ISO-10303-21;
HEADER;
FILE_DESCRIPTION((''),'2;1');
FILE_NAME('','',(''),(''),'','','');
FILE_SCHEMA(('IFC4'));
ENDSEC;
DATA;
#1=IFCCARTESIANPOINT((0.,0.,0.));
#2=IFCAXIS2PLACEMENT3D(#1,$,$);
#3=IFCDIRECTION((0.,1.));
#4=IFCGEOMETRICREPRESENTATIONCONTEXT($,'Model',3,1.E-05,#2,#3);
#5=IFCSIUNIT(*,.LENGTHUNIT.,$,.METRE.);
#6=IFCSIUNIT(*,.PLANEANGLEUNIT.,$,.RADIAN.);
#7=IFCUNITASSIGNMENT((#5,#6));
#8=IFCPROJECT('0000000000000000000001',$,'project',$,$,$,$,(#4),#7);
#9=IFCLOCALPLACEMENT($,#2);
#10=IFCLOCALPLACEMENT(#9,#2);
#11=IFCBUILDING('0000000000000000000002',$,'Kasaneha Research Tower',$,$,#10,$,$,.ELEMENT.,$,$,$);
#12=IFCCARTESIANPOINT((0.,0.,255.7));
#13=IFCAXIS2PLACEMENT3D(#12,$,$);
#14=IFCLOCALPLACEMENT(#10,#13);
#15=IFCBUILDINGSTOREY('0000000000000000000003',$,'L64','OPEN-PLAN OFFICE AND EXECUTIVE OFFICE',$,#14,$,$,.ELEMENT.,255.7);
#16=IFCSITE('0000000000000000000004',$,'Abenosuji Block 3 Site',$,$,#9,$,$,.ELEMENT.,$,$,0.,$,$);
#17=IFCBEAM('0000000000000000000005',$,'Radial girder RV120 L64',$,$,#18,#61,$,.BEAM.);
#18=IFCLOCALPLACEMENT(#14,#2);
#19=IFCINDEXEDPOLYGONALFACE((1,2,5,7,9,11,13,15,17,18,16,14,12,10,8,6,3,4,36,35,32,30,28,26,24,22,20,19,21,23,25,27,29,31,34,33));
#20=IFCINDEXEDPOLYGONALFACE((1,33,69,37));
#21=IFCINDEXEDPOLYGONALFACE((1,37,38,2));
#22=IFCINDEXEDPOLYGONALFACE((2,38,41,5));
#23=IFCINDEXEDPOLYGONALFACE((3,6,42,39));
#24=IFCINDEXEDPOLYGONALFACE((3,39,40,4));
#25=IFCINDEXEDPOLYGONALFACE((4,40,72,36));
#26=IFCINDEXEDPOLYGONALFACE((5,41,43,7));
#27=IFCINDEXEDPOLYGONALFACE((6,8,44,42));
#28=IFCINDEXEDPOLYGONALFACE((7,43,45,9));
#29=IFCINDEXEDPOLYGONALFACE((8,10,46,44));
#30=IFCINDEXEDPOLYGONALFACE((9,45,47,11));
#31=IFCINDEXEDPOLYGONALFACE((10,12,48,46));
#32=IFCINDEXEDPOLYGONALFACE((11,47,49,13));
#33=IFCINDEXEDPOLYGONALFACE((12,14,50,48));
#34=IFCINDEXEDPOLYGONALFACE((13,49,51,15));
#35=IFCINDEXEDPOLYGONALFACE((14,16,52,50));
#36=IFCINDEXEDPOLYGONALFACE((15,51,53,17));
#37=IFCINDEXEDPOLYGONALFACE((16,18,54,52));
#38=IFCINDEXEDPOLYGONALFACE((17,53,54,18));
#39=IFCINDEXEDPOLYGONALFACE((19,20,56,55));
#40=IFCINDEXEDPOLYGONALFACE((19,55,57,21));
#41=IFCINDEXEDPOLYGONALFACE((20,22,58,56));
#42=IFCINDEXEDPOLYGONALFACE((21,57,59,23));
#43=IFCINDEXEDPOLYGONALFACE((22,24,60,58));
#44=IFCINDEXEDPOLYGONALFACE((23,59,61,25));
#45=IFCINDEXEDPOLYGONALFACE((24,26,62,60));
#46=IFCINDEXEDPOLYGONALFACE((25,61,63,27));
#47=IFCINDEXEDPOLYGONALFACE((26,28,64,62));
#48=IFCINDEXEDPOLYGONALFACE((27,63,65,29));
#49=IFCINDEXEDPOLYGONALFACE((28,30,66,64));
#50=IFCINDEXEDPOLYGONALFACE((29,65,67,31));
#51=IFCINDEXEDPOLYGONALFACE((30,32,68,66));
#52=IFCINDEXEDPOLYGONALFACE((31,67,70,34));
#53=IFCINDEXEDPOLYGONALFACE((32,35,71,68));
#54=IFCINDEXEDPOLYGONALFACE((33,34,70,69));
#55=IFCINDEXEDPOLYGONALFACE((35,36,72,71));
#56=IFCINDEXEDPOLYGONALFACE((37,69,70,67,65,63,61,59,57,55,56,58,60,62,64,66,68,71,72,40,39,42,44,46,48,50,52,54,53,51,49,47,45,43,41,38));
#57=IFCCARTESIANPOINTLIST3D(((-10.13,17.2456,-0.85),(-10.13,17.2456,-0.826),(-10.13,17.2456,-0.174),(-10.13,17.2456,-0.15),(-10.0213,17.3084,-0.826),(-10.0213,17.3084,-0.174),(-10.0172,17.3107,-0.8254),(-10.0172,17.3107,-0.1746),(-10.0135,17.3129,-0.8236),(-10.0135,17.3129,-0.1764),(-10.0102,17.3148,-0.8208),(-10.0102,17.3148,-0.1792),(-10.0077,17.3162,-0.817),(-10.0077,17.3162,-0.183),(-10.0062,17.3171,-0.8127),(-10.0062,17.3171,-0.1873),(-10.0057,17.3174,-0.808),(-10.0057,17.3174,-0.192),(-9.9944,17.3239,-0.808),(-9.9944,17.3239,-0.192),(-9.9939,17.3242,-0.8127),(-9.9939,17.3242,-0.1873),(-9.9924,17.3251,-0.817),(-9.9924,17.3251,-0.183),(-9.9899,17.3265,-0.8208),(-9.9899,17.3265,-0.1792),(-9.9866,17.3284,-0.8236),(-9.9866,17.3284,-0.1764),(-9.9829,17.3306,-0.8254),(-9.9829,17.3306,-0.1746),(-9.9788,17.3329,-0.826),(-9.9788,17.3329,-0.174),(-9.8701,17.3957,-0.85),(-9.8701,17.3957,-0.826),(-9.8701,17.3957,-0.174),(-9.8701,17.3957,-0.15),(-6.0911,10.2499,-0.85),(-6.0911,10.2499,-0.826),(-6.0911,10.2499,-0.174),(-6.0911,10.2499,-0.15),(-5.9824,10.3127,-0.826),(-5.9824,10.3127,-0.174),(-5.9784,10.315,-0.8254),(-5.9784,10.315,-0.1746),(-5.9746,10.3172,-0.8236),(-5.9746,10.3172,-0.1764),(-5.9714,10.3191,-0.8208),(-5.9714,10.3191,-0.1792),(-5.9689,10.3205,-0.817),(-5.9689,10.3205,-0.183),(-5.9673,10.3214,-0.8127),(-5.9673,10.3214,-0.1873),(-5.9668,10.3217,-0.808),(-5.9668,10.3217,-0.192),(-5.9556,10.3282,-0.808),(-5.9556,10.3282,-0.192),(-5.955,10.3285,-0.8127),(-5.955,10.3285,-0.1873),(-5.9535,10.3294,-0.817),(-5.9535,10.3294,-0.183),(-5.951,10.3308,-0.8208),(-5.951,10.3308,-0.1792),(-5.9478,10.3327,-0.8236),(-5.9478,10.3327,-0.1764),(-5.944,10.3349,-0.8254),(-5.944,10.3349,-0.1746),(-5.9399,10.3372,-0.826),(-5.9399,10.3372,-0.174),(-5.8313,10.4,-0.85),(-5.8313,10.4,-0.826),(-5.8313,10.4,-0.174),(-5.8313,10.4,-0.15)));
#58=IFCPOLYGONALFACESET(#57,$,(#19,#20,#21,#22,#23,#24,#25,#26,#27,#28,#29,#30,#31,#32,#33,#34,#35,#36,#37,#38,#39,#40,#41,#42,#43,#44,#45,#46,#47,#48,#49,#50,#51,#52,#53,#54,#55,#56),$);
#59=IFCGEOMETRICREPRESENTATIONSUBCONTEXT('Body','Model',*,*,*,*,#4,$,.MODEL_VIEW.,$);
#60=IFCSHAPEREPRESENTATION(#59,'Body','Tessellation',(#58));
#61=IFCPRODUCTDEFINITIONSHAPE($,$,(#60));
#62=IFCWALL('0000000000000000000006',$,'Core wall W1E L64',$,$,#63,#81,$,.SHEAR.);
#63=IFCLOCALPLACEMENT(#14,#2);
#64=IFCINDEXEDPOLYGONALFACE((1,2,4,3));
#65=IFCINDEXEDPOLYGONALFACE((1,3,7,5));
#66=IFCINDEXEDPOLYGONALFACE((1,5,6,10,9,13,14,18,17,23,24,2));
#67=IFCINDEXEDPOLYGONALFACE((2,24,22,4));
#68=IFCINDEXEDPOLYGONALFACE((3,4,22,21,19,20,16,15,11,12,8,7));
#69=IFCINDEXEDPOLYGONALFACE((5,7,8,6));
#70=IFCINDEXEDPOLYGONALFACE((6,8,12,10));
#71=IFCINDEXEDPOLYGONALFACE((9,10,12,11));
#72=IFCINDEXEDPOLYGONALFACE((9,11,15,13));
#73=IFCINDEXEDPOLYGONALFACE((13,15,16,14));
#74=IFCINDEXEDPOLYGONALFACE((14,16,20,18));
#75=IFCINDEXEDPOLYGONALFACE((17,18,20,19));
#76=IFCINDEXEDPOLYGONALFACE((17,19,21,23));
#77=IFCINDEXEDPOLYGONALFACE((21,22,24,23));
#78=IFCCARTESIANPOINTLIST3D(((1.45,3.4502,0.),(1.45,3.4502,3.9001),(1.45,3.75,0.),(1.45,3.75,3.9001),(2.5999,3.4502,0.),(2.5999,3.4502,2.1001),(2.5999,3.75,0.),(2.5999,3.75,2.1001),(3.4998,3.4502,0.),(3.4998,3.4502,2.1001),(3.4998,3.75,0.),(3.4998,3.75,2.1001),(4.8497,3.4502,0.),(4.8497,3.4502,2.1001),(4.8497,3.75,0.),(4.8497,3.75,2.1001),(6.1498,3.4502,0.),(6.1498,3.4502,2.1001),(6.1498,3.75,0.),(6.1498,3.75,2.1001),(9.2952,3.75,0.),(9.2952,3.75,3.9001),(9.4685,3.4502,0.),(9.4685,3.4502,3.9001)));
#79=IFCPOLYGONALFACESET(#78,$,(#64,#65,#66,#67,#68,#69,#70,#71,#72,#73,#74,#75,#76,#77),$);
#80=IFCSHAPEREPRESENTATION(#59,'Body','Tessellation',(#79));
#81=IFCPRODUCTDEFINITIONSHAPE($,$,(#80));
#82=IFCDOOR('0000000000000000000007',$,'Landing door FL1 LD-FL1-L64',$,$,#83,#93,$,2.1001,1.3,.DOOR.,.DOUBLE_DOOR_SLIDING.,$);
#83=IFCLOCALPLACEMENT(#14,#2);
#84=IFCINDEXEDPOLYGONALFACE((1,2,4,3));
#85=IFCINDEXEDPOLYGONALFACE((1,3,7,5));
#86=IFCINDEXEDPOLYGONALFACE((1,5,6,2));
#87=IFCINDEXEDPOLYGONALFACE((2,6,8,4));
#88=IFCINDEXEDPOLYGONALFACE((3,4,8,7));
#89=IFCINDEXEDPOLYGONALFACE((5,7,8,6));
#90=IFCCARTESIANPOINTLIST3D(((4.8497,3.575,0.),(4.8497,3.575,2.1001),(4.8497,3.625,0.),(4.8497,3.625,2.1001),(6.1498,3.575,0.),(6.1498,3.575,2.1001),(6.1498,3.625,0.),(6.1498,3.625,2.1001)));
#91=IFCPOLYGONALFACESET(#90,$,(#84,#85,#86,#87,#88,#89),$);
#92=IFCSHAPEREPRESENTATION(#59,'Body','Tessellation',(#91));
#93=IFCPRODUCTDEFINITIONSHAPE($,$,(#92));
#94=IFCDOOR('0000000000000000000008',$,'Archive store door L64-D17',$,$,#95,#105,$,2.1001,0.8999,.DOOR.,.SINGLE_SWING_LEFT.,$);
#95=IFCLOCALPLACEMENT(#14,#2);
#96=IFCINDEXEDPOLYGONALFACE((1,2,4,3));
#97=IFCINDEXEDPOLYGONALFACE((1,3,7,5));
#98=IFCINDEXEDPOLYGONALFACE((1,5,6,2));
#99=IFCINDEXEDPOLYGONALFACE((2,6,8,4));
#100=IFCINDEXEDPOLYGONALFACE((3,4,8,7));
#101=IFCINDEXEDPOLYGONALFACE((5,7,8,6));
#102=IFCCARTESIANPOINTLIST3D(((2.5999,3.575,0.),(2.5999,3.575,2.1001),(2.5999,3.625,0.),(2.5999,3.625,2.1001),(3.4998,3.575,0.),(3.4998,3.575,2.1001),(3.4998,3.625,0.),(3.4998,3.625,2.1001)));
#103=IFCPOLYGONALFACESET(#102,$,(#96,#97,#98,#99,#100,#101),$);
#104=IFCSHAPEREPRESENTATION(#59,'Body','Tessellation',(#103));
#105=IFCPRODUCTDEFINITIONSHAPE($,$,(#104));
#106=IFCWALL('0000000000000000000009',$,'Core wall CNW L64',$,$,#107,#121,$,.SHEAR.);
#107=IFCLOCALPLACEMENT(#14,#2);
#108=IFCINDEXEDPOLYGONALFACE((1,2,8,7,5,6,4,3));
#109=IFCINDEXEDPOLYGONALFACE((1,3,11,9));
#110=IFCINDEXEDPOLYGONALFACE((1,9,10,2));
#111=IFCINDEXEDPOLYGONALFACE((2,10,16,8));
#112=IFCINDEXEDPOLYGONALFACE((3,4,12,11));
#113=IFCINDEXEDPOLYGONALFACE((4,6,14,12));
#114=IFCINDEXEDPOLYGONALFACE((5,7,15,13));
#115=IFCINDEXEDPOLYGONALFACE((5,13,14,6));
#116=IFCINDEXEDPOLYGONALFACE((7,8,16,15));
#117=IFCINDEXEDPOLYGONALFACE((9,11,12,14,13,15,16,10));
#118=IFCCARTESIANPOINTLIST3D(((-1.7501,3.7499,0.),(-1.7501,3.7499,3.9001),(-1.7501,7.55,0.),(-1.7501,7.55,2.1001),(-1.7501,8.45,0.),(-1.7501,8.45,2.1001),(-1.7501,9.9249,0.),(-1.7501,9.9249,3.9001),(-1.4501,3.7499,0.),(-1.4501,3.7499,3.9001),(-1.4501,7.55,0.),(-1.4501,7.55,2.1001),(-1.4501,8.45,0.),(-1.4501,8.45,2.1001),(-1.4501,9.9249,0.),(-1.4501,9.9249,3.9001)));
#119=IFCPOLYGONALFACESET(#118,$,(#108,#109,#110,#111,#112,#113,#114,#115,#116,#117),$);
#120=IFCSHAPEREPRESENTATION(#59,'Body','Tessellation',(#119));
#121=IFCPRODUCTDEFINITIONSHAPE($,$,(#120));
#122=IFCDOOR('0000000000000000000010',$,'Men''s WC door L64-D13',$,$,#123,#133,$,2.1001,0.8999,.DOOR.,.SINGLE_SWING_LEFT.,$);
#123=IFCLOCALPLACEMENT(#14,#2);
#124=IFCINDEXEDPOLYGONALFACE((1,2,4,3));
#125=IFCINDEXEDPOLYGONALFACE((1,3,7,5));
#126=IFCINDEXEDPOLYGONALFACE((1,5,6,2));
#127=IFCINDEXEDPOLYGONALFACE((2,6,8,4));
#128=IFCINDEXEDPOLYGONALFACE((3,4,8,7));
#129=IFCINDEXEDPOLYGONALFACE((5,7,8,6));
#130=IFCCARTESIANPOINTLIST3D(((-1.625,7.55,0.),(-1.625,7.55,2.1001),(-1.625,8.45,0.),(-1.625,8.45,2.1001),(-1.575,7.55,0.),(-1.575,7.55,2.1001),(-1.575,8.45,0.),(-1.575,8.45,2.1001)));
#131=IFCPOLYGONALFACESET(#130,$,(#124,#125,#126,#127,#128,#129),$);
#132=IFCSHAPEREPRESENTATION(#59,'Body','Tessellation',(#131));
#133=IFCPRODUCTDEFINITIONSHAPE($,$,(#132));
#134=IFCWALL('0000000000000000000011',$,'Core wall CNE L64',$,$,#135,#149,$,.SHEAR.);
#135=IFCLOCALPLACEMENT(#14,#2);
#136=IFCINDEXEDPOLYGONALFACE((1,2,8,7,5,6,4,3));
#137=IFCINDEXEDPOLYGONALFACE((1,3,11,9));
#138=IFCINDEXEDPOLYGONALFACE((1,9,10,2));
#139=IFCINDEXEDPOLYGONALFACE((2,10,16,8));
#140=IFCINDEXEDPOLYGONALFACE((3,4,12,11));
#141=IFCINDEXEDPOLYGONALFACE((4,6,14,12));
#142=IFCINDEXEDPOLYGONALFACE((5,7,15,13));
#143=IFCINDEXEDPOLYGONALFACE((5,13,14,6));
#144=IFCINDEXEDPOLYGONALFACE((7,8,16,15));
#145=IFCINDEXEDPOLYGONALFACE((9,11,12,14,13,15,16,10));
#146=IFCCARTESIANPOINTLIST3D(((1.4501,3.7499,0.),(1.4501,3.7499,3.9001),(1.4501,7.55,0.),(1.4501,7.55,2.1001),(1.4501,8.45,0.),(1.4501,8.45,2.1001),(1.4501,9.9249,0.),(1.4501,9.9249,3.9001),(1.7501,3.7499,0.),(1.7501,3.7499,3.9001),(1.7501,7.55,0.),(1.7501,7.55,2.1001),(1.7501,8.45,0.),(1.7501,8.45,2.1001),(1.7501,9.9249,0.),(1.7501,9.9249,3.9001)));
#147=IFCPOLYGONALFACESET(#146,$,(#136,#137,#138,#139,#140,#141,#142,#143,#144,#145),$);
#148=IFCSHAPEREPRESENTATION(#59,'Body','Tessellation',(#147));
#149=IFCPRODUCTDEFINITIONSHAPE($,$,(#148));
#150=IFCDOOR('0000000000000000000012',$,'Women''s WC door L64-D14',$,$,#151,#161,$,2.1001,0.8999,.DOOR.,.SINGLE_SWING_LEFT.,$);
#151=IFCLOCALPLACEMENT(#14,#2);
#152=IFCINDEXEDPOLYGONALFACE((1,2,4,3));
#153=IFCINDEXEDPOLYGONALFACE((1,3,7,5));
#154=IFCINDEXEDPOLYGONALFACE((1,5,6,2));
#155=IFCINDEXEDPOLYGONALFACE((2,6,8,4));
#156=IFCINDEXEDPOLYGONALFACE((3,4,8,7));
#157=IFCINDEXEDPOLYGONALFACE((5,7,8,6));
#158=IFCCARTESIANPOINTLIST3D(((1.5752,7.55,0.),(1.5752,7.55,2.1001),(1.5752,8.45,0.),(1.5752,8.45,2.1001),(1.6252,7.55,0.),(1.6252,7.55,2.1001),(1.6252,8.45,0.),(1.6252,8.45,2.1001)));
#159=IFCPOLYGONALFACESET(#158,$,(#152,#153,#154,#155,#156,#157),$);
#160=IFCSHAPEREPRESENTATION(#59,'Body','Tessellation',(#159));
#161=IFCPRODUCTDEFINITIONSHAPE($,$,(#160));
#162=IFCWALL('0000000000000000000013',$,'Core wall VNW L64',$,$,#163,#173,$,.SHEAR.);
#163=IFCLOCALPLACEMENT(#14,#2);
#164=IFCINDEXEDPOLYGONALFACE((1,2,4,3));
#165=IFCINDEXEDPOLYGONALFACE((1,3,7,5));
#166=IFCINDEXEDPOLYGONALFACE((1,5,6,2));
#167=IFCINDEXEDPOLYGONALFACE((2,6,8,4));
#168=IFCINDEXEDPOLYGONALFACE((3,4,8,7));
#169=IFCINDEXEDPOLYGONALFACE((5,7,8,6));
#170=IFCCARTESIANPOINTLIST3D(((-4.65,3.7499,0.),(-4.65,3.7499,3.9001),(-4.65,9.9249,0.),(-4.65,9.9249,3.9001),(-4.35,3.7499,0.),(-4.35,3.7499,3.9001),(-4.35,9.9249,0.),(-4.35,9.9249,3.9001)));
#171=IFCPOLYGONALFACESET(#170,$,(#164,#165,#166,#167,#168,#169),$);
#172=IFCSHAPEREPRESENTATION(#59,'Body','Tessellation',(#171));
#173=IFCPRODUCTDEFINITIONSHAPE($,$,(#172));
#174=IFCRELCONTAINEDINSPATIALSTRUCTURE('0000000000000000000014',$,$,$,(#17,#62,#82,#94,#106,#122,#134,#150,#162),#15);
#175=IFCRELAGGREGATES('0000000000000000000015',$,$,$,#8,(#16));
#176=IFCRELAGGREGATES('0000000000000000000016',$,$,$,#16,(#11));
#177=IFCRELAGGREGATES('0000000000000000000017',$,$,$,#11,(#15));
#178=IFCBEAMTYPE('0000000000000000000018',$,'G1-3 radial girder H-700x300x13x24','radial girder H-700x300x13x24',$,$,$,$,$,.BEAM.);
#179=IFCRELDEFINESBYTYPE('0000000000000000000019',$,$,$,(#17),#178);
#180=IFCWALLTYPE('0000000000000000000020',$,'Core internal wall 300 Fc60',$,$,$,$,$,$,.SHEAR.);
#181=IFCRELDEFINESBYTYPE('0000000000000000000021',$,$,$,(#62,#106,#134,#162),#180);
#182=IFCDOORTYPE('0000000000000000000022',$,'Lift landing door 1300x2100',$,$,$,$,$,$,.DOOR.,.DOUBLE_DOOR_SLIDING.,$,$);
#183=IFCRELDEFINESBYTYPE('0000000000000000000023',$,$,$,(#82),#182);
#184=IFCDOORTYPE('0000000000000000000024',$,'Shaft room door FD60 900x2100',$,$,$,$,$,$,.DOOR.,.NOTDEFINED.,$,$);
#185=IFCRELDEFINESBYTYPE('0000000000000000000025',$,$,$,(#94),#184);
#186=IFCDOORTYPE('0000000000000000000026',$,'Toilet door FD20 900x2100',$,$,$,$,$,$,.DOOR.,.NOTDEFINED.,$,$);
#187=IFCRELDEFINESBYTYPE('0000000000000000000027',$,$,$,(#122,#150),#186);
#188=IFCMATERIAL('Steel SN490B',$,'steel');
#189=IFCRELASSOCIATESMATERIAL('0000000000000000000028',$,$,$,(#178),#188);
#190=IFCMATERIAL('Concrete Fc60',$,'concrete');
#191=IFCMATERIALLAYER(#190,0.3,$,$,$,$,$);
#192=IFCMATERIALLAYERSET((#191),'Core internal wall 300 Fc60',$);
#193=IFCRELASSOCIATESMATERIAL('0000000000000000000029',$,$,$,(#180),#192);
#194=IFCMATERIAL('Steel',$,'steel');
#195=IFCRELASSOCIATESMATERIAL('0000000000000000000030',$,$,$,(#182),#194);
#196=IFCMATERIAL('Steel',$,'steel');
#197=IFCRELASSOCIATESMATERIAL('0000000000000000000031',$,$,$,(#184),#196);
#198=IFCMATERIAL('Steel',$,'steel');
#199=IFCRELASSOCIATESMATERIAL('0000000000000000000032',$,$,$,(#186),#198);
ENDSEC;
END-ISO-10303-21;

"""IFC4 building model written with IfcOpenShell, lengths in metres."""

from ifc_helpers import new_model, si_unit, direction, frame, frame_2d, origin, origin_2d, place, context, subcontext, project, spatial, polyline, rectangle, i_section, outline, extrude, material, layer, layer_set, material_profile, profile_set, type_object, element, fill, save


model = new_model("IFC4")

# Units and contexts
model_context = context("Model", 3, precision=1e-05, world=origin(), true_north=direction((0.0, 1.0)))
body_context = subcontext(model_context, "Body", "Model", "MODEL_VIEW")
ifc_project = project(units=[si_unit("LENGTHUNIT", "METRE"), si_unit("PLANEANGLEUNIT", "RADIAN")], contexts=[model_context])

# Site, building, storey
site_placement = place(None, origin())
site = spatial("IfcSite", under=ifc_project, at=site_placement, Name="Abenosuji Block 3 Site", CompositionType="ELEMENT", RefElevation=0.0)
building_placement = place(site_placement, origin())
building = spatial("IfcBuilding", under=site, at=building_placement, Name="Kasaneha Research Tower", CompositionType="ELEMENT")
storey_placement = place(building_placement, frame((0.0, 0.0, 255.7)))
storey = spatial("IfcBuildingStorey", under=building, at=storey_placement, Name="L64", Description="OPEN-PLAN OFFICE AND EXECUTIVE OFFICE", CompositionType="ELEMENT", Elevation=255.7)

# Beam
ifc_material_1 = material(Name="Steel SN490B", Category="steel")
ifc_material_profile = material_profile(ifc_material_1, i_section(OverallWidth=0.3, OverallDepth=0.7, WebThickness=0.0129, FlangeThickness=0.0239, FilletRadius=0.0181, at=origin_2d()), Name="H-700x300x13x24")
ifc_profile_set = profile_set([ifc_material_profile], Name="Steel SN490B")
beam_type = type_object("IfcBeamType", Name="G1-3 radial girder H-700x300x13x24", Description="radial girder H-700x300x13x24", PredefinedType="BEAM", material=ifc_profile_set)
beam_placement = place(storey_placement, frame((-5.9612, 10.325, -0.5), z_axis=(-0.499991, 0.866031, 0.0), x_axis=(-0.866031, -0.499991, 0.0)))
element("IfcBeam", 1, at=beam_placement, inside=storey, type_object=beam_type, Name="Radial girder RV120 L64", PredefinedType="BEAM", context=body_context, shape_type="SweptSolid", body=[
    extrude(i_section(OverallWidth=0.3, OverallDepth=0.7, WebThickness=0.0129, FlangeThickness=0.0239, FilletRadius=0.0181, at=origin_2d()), origin(), (0.0, 0.0, 1.0), 8.0779),
])

# Wall, openings, doors
ifc_material_2 = material(Name="Concrete Fc60", Category="concrete")
ifc_layer_1 = layer(ifc_material_2, 0.3)
ifc_layer_set_1 = layer_set([ifc_layer_1], Name="Core internal wall 300 Fc60")
wall_type_1 = type_object("IfcWallType", Name="Core internal wall 300 Fc60", PredefinedType="SHEAR", material=ifc_layer_set_1)
wall_1_placement = place(storey_placement, frame((1.45, 3.6001, 0.0), z_axis=(0.0, 0.0, 1.0), x_axis=(1.0, 0.0, 0.0)))
wall_1 = element("IfcWall", 2, at=wall_1_placement, inside=storey, type_object=wall_type_1, Name="Core wall W1E L64", PredefinedType="SHEAR", context=body_context, shape_type="SweptSolid", body=[
    extrude(outline(polyline([(0.0, -0.1499), (1.1499, -0.1499), (2.0498, -0.1499), (3.3999, -0.1499), (4.7, -0.1499), (8.0186, -0.1499), (7.8452, 0.1499), (4.7, 0.1499), (3.3999, 0.1499), (2.0498, 0.1499), (1.1499, 0.1499), (0.0, 0.1499), (0.0, -0.1499)])), origin(), (0.0, 0.0, 1.0), 3.9001),
])
opening_1_placement = place(wall_1_placement, frame((1.1499, 0.0, 0.0)))
opening_1 = element("IfcOpeningElement", 3, at=opening_1_placement, cuts=wall_1, PredefinedType="OPENING", context=body_context, shape_type="SweptSolid", body=[
    extrude(rectangle(XDim=0.8999, YDim=2.1001, at=frame_2d((0.45, 1.05))), frame((0.0, 0.1602, 0.0), z_axis=(0.0, -1.0, 0.0), x_axis=(1.0, 0.0, 0.0)), (0.0, 0.0, 1.0), 0.3201),
])
opening_2_placement = place(wall_1_placement, frame((3.3999, 0.0, 0.0)))
opening_2 = element("IfcOpeningElement", 4, at=opening_2_placement, cuts=wall_1, PredefinedType="OPENING", context=body_context, shape_type="SweptSolid", body=[
    extrude(rectangle(XDim=1.3, YDim=2.1001, at=frame_2d((0.6499, 1.05))), frame((0.0, 0.1602, 0.0), z_axis=(0.0, -1.0, 0.0), x_axis=(1.0, 0.0, 0.0)), (0.0, 0.0, 1.0), 0.3201),
])
ifc_material_3 = material(Name="Steel", Category="steel")
door_type_1 = type_object("IfcDoorType", Name="Lift landing door 1300x2100", OperationType="DOUBLE_DOOR_SLIDING", PredefinedType="DOOR", material=ifc_material_3)
door_1_placement = place(opening_2_placement, origin())
door_1 = element("IfcDoor", 5, at=door_1_placement, inside=storey, type_object=door_type_1, Name="Landing door FL1 LD-FL1-L64", OperationType="DOUBLE_DOOR_SLIDING", OverallHeight=2.1001, OverallWidth=1.3, PredefinedType="DOOR", context=body_context, shape_type="SweptSolid", body=[
    extrude(rectangle(XDim=1.3, YDim=2.1001, at=frame_2d((0.6499, 1.05))), frame((0.0, 0.0249, 0.0), z_axis=(0.0, -1.0, 0.0), x_axis=(1.0, 0.0, 0.0)), (0.0, 0.0, 1.0), 0.05),
])
fill(opening_2, door_1)
ifc_material_4 = material(Name="Steel", Category="steel")
door_type_2 = type_object("IfcDoorType", Name="Shaft room door FD60 900x2100", OperationType="NOTDEFINED", PredefinedType="DOOR", material=ifc_material_4)
door_2_placement = place(opening_1_placement, origin())
door_2 = element("IfcDoor", 6, at=door_2_placement, inside=storey, type_object=door_type_2, Name="Archive store door L64-D17", OperationType="SINGLE_SWING_LEFT", OverallHeight=2.1001, OverallWidth=0.8999, PredefinedType="DOOR", context=body_context, shape_type="SweptSolid", body=[
    extrude(rectangle(XDim=0.8999, YDim=2.1001, at=frame_2d((0.45, 1.05))), frame((0.0, 0.0249, 0.0), z_axis=(0.0, -1.0, 0.0), x_axis=(1.0, 0.0, 0.0)), (0.0, 0.0, 1.0), 0.05),
])
fill(opening_1, door_2)

# Walls, openings, doors
wall_2_placement = place(storey_placement, frame((-1.6001, 3.75, 0.0), z_axis=(0.0, 0.0, 1.0), x_axis=(0.0, 1.0, 0.0)))
wall_2 = element("IfcWall", 7, at=wall_2_placement, inside=storey, type_object=wall_type_1, Name="Core wall CNW L64", PredefinedType="SHEAR", context=body_context, shape_type="SweptSolid", body=[
    extrude(rectangle(XDim=6.175, YDim=0.3, at=frame_2d((3.0874, 0.0))), origin(), (0.0, 0.0, 1.0), 3.9001),
])
opening_3_placement = place(wall_2_placement, frame((3.8, 0.0, 0.0)))
opening_3 = element("IfcOpeningElement", 8, at=opening_3_placement, cuts=wall_2, PredefinedType="OPENING", context=body_context, shape_type="SweptSolid", body=[
    extrude(rectangle(XDim=0.8999, YDim=2.1001, at=frame_2d((0.45, 1.05))), frame((0.0, 0.1602, 0.0), z_axis=(0.0, -1.0, 0.0), x_axis=(1.0, 0.0, 0.0)), (0.0, 0.0, 1.0), 0.3201),
])
ifc_material_5 = material(Name="Steel", Category="steel")
door_type_3 = type_object("IfcDoorType", Name="Toilet door FD20 900x2100", OperationType="NOTDEFINED", PredefinedType="DOOR", material=ifc_material_5)
door_3_placement = place(opening_3_placement, origin())
door_3 = element("IfcDoor", 9, at=door_3_placement, inside=storey, type_object=door_type_3, Name="Men's WC door L64-D13", OperationType="SINGLE_SWING_LEFT", OverallHeight=2.1001, OverallWidth=0.8999, PredefinedType="DOOR", context=body_context, shape_type="SweptSolid", body=[
    extrude(rectangle(XDim=0.8999, YDim=2.1001, at=frame_2d((0.45, 1.05))), frame((0.0, 0.0249, 0.0), z_axis=(0.0, -1.0, 0.0), x_axis=(1.0, 0.0, 0.0)), (0.0, 0.0, 1.0), 0.05),
])
fill(opening_3, door_3)
wall_3_placement = place(storey_placement, frame((1.6001, 3.75, 0.0), z_axis=(0.0, 0.0, 1.0), x_axis=(0.0, 1.0, 0.0)))
wall_3 = element("IfcWall", 10, at=wall_3_placement, inside=storey, type_object=wall_type_1, Name="Core wall CNE L64", PredefinedType="SHEAR", context=body_context, shape_type="SweptSolid", body=[
    extrude(rectangle(XDim=6.175, YDim=0.3, at=frame_2d((3.0874, 0.0))), origin(), (0.0, 0.0, 1.0), 3.9001),
])
opening_4_placement = place(wall_3_placement, frame((3.8, 0.0, 0.0)))
opening_4 = element("IfcOpeningElement", 11, at=opening_4_placement, cuts=wall_3, PredefinedType="OPENING", context=body_context, shape_type="SweptSolid", body=[
    extrude(rectangle(XDim=0.8999, YDim=2.1001, at=frame_2d((0.45, 1.05))), frame((0.0, 0.1602, 0.0), z_axis=(0.0, -1.0, 0.0), x_axis=(1.0, 0.0, 0.0)), (0.0, 0.0, 1.0), 0.3201),
])
door_4_placement = place(opening_4_placement, origin())
door_4 = element("IfcDoor", 12, at=door_4_placement, inside=storey, type_object=door_type_3, Name="Women's WC door L64-D14", OperationType="SINGLE_SWING_LEFT", OverallHeight=2.1001, OverallWidth=0.8999, PredefinedType="DOOR", context=body_context, shape_type="SweptSolid", body=[
    extrude(rectangle(XDim=0.8999, YDim=2.1001, at=frame_2d((0.45, 1.05))), frame((0.0, 0.0249, 0.0), z_axis=(0.0, -1.0, 0.0), x_axis=(1.0, 0.0, 0.0)), (0.0, 0.0, 1.0), 0.05),
])
fill(opening_4, door_4)

# Wall
wall_4_placement = place(storey_placement, frame((-4.5, 3.75, 0.0), z_axis=(0.0, 0.0, 1.0), x_axis=(0.0, 1.0, 0.0)))
element("IfcWall", 13, at=wall_4_placement, inside=storey, type_object=wall_type_1, Name="Core wall VNW L64", PredefinedType="SHEAR", context=body_context, shape_type="SweptSolid", body=[
    extrude(rectangle(XDim=6.175, YDim=0.3, at=frame_2d((3.0874, 0.0))), origin(), (0.0, 0.0, 1.0), 3.9001),
])

save(model, "model.ifc")
